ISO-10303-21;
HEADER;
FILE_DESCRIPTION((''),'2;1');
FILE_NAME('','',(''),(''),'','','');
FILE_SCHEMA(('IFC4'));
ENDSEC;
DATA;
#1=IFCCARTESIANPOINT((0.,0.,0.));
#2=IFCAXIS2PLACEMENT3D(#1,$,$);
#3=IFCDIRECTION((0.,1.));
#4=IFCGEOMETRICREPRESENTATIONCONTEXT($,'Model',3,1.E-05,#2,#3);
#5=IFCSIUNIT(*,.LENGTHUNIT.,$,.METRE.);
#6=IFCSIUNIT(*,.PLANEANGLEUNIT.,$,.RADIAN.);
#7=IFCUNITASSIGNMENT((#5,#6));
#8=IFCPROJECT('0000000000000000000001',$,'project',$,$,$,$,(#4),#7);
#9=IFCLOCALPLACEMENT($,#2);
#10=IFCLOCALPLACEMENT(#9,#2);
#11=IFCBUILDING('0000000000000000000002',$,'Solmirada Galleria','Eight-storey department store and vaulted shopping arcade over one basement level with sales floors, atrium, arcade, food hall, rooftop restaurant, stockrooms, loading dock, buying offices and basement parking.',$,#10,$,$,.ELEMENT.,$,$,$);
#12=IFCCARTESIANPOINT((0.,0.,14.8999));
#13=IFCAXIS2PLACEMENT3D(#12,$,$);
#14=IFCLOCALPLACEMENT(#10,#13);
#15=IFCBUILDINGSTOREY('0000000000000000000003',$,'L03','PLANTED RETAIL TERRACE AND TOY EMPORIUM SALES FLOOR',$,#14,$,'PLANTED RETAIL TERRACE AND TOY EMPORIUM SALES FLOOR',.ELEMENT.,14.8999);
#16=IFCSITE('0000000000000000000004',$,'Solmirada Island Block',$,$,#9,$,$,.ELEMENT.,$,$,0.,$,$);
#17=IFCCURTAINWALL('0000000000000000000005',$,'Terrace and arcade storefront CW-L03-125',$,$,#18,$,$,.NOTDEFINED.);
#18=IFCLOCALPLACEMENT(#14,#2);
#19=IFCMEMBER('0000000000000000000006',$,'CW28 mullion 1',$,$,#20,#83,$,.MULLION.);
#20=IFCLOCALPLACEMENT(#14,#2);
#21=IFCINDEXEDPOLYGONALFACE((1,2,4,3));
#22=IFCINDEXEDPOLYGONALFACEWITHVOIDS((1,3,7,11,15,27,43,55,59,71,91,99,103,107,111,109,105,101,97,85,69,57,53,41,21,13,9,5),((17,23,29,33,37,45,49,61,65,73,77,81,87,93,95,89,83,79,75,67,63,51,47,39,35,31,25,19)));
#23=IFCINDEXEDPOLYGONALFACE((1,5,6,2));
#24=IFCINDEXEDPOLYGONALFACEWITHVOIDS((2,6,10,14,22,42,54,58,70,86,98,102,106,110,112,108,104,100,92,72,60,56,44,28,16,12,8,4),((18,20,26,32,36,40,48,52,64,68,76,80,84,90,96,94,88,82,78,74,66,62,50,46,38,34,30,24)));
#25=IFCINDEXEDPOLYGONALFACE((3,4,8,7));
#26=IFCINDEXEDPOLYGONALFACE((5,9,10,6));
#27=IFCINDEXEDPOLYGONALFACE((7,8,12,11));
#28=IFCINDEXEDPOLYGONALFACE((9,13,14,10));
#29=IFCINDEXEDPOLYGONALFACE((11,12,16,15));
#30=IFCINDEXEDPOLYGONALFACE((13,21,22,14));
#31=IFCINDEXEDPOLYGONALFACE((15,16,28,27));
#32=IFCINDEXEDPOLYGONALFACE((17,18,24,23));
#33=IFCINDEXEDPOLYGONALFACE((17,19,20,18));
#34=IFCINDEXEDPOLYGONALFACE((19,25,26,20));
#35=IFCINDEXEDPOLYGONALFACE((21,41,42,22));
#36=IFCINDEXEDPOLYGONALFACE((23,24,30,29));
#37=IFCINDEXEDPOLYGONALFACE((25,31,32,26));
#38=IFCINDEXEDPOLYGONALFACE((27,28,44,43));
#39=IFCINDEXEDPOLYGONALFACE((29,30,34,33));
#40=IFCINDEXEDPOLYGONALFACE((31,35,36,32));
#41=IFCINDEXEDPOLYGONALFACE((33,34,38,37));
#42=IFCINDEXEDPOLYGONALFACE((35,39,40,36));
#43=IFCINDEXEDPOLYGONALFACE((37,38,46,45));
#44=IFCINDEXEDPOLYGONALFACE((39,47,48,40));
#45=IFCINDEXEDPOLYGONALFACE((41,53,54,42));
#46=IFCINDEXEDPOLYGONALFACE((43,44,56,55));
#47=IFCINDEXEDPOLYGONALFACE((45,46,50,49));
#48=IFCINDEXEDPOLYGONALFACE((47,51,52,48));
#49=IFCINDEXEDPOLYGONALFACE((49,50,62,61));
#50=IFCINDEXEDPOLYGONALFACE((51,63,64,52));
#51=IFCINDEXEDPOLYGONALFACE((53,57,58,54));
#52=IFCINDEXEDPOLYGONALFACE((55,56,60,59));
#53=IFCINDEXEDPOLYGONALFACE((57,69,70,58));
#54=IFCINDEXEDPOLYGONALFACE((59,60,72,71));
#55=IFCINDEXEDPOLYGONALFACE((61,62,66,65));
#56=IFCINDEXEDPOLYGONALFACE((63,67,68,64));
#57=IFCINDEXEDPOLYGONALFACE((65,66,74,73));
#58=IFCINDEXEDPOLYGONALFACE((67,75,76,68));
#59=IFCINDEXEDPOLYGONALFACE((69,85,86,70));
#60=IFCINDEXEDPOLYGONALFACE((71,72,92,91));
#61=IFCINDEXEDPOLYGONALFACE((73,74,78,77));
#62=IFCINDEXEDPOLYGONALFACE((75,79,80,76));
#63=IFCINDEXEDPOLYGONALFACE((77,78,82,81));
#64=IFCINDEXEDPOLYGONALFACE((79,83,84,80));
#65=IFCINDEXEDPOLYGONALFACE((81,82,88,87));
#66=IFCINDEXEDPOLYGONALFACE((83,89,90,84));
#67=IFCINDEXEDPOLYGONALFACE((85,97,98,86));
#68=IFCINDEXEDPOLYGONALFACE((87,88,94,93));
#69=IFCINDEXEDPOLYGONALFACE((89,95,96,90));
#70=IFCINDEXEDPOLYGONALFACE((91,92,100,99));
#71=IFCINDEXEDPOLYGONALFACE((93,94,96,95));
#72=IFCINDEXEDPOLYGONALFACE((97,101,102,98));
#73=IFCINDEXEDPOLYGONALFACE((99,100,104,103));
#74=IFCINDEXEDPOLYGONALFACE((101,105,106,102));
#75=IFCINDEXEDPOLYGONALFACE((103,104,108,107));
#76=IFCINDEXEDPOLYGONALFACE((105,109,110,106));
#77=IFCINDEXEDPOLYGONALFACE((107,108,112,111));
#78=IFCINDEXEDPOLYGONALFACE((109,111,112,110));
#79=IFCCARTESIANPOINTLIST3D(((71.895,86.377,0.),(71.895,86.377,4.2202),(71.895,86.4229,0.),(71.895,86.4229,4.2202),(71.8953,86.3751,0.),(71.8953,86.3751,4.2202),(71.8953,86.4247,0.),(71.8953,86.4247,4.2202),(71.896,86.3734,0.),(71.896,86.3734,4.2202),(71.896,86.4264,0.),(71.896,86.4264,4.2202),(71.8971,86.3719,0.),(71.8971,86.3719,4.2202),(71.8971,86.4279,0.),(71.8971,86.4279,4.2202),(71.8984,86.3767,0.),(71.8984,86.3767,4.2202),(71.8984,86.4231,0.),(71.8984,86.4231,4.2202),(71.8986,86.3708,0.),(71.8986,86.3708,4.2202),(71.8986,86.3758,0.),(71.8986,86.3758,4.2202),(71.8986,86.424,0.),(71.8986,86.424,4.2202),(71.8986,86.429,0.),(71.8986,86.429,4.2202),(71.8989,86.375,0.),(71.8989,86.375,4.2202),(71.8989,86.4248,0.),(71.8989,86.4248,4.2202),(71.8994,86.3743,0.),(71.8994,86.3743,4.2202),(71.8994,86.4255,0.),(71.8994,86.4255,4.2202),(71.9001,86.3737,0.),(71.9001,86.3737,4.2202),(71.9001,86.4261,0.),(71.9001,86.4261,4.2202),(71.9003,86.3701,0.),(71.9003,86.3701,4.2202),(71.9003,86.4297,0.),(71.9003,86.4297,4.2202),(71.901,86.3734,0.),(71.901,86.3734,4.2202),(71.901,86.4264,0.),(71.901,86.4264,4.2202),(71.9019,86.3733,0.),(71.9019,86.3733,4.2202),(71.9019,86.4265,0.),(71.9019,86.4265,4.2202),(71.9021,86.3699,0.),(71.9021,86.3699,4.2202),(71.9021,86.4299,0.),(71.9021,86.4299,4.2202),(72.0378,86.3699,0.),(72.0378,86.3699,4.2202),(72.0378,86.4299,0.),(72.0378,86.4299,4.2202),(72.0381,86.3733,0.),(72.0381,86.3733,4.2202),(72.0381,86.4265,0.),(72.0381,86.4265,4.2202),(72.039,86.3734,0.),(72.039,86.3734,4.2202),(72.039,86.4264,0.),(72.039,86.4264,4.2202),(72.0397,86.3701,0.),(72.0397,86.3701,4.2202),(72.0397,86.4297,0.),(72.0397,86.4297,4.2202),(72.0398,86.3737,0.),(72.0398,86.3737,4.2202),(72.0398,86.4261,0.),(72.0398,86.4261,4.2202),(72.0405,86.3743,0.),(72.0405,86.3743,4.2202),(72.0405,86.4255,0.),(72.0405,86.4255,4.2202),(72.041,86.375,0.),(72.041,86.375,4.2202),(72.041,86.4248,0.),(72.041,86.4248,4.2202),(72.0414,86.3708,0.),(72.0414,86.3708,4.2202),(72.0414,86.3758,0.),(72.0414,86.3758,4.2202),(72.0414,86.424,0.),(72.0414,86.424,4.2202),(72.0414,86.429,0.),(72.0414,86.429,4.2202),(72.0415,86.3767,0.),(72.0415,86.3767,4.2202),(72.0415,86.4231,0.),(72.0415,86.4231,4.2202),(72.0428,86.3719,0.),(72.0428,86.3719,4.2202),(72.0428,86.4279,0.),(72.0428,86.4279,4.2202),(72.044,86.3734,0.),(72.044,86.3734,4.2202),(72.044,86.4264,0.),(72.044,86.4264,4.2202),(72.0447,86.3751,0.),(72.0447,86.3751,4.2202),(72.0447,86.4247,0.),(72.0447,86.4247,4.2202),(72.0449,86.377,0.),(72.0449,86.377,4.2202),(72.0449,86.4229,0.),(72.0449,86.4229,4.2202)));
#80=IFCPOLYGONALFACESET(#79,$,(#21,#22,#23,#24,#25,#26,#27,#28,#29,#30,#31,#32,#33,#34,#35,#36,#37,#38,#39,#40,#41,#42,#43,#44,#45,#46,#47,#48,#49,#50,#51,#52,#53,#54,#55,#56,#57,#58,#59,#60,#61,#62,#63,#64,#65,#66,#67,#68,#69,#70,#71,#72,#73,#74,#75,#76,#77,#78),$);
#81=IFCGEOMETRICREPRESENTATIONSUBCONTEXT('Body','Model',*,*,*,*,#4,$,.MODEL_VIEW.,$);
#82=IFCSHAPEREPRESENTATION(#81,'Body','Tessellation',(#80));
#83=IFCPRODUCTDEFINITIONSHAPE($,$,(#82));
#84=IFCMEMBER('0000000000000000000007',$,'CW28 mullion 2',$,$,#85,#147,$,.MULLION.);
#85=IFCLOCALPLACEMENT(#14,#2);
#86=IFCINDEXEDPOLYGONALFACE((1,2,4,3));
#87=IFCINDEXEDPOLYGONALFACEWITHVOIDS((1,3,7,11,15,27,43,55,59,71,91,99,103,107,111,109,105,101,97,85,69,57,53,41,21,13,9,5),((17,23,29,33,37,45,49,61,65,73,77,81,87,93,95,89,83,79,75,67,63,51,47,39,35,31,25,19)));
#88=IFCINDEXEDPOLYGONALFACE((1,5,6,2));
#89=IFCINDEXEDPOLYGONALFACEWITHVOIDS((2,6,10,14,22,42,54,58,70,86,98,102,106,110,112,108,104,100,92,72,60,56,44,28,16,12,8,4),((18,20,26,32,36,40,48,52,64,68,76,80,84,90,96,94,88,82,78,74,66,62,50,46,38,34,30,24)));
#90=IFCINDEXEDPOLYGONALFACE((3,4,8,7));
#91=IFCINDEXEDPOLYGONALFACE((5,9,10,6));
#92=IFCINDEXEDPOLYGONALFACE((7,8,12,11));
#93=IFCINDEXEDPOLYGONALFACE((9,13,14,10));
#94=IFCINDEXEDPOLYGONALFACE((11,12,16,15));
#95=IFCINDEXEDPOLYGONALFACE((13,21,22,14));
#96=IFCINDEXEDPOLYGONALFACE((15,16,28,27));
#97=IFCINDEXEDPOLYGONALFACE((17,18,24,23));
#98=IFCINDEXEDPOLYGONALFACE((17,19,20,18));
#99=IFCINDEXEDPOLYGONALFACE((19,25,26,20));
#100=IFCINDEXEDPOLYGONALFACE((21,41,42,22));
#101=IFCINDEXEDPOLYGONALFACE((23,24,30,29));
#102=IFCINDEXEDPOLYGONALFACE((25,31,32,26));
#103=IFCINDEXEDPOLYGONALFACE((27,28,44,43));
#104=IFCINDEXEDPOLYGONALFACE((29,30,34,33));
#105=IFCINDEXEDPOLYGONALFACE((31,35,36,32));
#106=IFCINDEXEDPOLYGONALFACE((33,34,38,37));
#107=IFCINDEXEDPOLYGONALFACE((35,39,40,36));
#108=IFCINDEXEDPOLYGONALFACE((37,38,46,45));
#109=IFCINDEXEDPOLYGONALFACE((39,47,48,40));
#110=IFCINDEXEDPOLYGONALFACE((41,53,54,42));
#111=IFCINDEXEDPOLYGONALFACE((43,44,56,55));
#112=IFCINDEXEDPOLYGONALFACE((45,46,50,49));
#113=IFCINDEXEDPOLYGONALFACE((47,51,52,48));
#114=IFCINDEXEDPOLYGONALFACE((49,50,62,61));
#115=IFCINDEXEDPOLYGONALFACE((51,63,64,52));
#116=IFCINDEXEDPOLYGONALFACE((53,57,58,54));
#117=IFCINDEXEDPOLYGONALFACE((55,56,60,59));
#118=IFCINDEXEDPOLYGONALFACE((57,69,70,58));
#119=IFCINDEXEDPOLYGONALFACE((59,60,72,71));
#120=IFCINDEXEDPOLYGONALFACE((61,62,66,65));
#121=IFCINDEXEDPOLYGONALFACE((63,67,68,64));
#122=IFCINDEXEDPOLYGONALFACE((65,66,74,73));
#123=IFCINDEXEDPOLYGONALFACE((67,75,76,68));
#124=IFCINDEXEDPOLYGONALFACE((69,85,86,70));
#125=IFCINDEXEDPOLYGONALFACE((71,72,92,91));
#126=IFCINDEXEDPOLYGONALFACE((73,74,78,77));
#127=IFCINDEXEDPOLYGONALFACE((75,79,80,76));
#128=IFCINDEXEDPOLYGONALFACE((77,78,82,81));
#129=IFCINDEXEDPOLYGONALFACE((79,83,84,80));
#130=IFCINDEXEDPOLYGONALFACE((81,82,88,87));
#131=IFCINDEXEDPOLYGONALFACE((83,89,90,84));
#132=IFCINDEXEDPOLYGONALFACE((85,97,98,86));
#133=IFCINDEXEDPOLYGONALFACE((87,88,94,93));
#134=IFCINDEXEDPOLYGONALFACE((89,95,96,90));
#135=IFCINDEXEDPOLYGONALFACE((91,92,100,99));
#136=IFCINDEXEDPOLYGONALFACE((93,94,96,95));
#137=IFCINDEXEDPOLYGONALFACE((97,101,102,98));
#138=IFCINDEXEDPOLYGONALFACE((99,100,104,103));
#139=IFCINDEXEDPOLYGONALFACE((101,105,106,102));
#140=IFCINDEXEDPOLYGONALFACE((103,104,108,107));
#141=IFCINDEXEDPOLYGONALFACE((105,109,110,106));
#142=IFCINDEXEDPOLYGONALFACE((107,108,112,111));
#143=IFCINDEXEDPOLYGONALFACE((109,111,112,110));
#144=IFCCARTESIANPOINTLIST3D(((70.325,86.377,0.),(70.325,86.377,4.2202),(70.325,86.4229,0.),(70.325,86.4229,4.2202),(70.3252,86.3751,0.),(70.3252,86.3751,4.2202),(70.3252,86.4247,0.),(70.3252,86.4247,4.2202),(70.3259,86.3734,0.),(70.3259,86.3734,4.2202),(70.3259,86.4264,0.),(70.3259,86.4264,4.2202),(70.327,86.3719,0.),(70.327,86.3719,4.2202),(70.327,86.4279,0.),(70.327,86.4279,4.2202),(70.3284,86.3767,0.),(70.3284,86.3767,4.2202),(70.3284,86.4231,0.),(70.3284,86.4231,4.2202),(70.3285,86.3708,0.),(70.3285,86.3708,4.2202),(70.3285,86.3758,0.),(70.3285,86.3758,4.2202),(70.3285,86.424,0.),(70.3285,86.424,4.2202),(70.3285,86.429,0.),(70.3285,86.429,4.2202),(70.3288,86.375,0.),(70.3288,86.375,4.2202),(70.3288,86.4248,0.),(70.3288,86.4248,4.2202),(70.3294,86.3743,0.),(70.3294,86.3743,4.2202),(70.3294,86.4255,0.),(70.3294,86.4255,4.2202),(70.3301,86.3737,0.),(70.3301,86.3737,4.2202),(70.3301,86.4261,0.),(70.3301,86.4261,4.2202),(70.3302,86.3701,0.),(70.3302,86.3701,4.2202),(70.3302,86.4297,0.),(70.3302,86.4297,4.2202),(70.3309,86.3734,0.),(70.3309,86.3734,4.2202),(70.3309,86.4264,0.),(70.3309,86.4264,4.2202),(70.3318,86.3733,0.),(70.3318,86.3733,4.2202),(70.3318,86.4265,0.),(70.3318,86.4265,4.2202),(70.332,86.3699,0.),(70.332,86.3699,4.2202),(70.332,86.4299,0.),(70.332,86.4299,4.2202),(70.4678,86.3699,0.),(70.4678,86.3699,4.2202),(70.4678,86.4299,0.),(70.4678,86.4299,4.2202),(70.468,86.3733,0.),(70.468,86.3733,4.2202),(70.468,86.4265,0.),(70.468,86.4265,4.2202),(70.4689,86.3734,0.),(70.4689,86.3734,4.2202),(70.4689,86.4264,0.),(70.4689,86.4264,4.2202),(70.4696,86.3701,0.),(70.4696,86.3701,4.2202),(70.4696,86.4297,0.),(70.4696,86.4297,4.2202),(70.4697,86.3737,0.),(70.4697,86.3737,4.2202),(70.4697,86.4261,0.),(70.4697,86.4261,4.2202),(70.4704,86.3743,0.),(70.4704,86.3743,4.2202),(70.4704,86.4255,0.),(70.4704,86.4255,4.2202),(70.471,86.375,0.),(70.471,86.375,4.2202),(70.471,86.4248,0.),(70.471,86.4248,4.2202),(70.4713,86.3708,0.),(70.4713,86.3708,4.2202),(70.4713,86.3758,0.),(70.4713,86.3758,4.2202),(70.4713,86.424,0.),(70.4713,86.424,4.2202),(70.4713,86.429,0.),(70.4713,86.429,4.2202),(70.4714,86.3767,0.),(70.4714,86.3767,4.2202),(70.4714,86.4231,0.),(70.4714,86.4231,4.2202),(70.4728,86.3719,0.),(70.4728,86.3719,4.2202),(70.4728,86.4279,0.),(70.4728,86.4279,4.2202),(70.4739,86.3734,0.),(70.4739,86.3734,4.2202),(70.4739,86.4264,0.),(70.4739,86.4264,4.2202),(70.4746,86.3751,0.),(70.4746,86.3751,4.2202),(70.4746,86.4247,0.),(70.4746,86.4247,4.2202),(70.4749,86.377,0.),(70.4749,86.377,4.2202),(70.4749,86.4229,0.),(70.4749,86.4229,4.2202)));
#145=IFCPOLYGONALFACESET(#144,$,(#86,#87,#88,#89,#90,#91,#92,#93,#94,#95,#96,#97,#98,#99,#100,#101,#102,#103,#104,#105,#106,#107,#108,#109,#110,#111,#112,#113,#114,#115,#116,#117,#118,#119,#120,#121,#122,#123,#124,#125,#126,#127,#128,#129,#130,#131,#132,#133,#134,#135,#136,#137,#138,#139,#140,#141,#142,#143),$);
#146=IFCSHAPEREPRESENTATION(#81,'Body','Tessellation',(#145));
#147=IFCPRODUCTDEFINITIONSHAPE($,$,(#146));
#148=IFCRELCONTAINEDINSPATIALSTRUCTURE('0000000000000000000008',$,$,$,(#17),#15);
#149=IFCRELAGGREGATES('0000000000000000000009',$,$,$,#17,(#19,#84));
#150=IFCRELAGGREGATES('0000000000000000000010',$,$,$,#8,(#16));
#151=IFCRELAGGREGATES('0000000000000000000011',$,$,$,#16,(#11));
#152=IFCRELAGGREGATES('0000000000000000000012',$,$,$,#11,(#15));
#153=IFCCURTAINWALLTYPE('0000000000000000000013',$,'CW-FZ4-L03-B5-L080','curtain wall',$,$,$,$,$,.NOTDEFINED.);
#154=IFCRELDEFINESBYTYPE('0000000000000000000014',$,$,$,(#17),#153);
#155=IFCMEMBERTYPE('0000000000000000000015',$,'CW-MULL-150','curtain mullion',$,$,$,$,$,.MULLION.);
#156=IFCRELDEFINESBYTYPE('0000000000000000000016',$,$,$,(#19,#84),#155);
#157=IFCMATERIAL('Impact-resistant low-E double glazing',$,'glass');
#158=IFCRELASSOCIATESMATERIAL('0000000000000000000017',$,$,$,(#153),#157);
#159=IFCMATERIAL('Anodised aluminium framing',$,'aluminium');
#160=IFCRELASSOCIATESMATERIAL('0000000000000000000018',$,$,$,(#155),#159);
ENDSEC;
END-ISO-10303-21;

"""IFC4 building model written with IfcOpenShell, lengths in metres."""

from ifc_helpers import new_model, si_unit, direction, frame, origin, origin_2d, place, context, subcontext, project, spatial, hollow_rectangle, extrude, material, material_profile, profile_set, type_object, element, aggregate, save


model = new_model("IFC4")

# Units and contexts
model_context = context("Model", 3, precision=1e-05, world=origin(), true_north=direction((0.0, 1.0)))
body_context = subcontext(model_context, "Body", "Model", "MODEL_VIEW")
ifc_project = project(units=[si_unit("LENGTHUNIT", "METRE"), si_unit("PLANEANGLEUNIT", "RADIAN")], contexts=[model_context])

# Site, building, storey
site_placement = place(None, origin())
site = spatial("IfcSite", under=ifc_project, at=site_placement, Name="Solmirada Island Block", CompositionType="ELEMENT", RefElevation=0.0)
building_placement = place(site_placement, origin())
building = spatial("IfcBuilding", under=site, at=building_placement, Name="Solmirada Galleria", Description="Eight-storey department store and vaulted shopping arcade over one basement level with sales floors, atrium, arcade, food hall, rooftop restaurant, stockrooms, loading dock, buying offices and basement parking.", CompositionType="ELEMENT")
storey_placement = place(building_placement, frame((0.0, 0.0, 14.8999)))
storey = spatial("IfcBuildingStorey", under=building, at=storey_placement, Name="L03", Description="PLANTED RETAIL TERRACE AND TOY EMPORIUM SALES FLOOR", LongName="PLANTED RETAIL TERRACE AND TOY EMPORIUM SALES FLOOR", CompositionType="ELEMENT", Elevation=14.8999)

# Curtain wall, members
ifc_material_1 = material(Name="Impact-resistant low-E double glazing", Category="glass")
curtain_wall_type = type_object("IfcCurtainWallType", Name="CW-FZ4-L03-B5-L080", Description="curtain wall", PredefinedType="NOTDEFINED", material=ifc_material_1)
ifc_material_2 = material(Name="Anodised aluminium framing", Category="aluminium")
ifc_material_profile_1 = material_profile(ifc_material_2, hollow_rectangle(XDim=0.0601, YDim=0.1499, WallThickness=0.0034, InnerFilletRadius=0.0034, OuterFilletRadius=0.0071, at=origin_2d()), Name="ALU-MULL-150X60")
ifc_profile_set_1 = profile_set([ifc_material_profile_1], Name="Anodised aluminium framing")
member_type_1 = type_object("IfcMemberType", Name="CW-MULL-150", Description="curtain mullion", PredefinedType="MULLION", material=ifc_profile_set_1)
curtain_wall_1_placement = place(storey_placement, origin())
curtain_wall_1 = element("IfcCurtainWall", 1, at=curtain_wall_1_placement, inside=storey, type_object=curtain_wall_type, Name="Terrace and arcade storefront CW-L03-125", PredefinedType="NOTDEFINED")
member_1_placement = place(storey_placement, frame((71.97, 86.3999, 0.0), z_axis=(0.0, 0.0, 1.0), x_axis=(0.0, -1.0, 0.0)))
member_1 = element("IfcMember", 2, at=member_1_placement, type_object=member_type_1, Name="CW28 mullion 1", PredefinedType="MULLION", context=body_context, shape_type="SweptSolid", body=[
    extrude(hollow_rectangle(XDim=0.0601, YDim=0.1499, WallThickness=0.0034, InnerFilletRadius=0.0034, OuterFilletRadius=0.0071, at=origin_2d()), origin(), (0.0, 0.0, 1.0), 4.2202),
])
member_2_placement = place(storey_placement, frame((70.3999, 86.3999, 0.0), z_axis=(0.0, 0.0, 1.0), x_axis=(0.0, -1.0, 0.0)))
member_2 = element("IfcMember", 3, at=member_2_placement, type_object=member_type_1, Name="CW28 mullion 2", PredefinedType="MULLION", context=body_context, shape_type="SweptSolid", body=[
    extrude(hollow_rectangle(XDim=0.0601, YDim=0.1499, WallThickness=0.0034, InnerFilletRadius=0.0034, OuterFilletRadius=0.0071, at=origin_2d()), origin(), (0.0, 0.0, 1.0), 4.2202),
])

aggregate(curtain_wall_1, [member_1, member_2])

save(model, "model.ifc")
